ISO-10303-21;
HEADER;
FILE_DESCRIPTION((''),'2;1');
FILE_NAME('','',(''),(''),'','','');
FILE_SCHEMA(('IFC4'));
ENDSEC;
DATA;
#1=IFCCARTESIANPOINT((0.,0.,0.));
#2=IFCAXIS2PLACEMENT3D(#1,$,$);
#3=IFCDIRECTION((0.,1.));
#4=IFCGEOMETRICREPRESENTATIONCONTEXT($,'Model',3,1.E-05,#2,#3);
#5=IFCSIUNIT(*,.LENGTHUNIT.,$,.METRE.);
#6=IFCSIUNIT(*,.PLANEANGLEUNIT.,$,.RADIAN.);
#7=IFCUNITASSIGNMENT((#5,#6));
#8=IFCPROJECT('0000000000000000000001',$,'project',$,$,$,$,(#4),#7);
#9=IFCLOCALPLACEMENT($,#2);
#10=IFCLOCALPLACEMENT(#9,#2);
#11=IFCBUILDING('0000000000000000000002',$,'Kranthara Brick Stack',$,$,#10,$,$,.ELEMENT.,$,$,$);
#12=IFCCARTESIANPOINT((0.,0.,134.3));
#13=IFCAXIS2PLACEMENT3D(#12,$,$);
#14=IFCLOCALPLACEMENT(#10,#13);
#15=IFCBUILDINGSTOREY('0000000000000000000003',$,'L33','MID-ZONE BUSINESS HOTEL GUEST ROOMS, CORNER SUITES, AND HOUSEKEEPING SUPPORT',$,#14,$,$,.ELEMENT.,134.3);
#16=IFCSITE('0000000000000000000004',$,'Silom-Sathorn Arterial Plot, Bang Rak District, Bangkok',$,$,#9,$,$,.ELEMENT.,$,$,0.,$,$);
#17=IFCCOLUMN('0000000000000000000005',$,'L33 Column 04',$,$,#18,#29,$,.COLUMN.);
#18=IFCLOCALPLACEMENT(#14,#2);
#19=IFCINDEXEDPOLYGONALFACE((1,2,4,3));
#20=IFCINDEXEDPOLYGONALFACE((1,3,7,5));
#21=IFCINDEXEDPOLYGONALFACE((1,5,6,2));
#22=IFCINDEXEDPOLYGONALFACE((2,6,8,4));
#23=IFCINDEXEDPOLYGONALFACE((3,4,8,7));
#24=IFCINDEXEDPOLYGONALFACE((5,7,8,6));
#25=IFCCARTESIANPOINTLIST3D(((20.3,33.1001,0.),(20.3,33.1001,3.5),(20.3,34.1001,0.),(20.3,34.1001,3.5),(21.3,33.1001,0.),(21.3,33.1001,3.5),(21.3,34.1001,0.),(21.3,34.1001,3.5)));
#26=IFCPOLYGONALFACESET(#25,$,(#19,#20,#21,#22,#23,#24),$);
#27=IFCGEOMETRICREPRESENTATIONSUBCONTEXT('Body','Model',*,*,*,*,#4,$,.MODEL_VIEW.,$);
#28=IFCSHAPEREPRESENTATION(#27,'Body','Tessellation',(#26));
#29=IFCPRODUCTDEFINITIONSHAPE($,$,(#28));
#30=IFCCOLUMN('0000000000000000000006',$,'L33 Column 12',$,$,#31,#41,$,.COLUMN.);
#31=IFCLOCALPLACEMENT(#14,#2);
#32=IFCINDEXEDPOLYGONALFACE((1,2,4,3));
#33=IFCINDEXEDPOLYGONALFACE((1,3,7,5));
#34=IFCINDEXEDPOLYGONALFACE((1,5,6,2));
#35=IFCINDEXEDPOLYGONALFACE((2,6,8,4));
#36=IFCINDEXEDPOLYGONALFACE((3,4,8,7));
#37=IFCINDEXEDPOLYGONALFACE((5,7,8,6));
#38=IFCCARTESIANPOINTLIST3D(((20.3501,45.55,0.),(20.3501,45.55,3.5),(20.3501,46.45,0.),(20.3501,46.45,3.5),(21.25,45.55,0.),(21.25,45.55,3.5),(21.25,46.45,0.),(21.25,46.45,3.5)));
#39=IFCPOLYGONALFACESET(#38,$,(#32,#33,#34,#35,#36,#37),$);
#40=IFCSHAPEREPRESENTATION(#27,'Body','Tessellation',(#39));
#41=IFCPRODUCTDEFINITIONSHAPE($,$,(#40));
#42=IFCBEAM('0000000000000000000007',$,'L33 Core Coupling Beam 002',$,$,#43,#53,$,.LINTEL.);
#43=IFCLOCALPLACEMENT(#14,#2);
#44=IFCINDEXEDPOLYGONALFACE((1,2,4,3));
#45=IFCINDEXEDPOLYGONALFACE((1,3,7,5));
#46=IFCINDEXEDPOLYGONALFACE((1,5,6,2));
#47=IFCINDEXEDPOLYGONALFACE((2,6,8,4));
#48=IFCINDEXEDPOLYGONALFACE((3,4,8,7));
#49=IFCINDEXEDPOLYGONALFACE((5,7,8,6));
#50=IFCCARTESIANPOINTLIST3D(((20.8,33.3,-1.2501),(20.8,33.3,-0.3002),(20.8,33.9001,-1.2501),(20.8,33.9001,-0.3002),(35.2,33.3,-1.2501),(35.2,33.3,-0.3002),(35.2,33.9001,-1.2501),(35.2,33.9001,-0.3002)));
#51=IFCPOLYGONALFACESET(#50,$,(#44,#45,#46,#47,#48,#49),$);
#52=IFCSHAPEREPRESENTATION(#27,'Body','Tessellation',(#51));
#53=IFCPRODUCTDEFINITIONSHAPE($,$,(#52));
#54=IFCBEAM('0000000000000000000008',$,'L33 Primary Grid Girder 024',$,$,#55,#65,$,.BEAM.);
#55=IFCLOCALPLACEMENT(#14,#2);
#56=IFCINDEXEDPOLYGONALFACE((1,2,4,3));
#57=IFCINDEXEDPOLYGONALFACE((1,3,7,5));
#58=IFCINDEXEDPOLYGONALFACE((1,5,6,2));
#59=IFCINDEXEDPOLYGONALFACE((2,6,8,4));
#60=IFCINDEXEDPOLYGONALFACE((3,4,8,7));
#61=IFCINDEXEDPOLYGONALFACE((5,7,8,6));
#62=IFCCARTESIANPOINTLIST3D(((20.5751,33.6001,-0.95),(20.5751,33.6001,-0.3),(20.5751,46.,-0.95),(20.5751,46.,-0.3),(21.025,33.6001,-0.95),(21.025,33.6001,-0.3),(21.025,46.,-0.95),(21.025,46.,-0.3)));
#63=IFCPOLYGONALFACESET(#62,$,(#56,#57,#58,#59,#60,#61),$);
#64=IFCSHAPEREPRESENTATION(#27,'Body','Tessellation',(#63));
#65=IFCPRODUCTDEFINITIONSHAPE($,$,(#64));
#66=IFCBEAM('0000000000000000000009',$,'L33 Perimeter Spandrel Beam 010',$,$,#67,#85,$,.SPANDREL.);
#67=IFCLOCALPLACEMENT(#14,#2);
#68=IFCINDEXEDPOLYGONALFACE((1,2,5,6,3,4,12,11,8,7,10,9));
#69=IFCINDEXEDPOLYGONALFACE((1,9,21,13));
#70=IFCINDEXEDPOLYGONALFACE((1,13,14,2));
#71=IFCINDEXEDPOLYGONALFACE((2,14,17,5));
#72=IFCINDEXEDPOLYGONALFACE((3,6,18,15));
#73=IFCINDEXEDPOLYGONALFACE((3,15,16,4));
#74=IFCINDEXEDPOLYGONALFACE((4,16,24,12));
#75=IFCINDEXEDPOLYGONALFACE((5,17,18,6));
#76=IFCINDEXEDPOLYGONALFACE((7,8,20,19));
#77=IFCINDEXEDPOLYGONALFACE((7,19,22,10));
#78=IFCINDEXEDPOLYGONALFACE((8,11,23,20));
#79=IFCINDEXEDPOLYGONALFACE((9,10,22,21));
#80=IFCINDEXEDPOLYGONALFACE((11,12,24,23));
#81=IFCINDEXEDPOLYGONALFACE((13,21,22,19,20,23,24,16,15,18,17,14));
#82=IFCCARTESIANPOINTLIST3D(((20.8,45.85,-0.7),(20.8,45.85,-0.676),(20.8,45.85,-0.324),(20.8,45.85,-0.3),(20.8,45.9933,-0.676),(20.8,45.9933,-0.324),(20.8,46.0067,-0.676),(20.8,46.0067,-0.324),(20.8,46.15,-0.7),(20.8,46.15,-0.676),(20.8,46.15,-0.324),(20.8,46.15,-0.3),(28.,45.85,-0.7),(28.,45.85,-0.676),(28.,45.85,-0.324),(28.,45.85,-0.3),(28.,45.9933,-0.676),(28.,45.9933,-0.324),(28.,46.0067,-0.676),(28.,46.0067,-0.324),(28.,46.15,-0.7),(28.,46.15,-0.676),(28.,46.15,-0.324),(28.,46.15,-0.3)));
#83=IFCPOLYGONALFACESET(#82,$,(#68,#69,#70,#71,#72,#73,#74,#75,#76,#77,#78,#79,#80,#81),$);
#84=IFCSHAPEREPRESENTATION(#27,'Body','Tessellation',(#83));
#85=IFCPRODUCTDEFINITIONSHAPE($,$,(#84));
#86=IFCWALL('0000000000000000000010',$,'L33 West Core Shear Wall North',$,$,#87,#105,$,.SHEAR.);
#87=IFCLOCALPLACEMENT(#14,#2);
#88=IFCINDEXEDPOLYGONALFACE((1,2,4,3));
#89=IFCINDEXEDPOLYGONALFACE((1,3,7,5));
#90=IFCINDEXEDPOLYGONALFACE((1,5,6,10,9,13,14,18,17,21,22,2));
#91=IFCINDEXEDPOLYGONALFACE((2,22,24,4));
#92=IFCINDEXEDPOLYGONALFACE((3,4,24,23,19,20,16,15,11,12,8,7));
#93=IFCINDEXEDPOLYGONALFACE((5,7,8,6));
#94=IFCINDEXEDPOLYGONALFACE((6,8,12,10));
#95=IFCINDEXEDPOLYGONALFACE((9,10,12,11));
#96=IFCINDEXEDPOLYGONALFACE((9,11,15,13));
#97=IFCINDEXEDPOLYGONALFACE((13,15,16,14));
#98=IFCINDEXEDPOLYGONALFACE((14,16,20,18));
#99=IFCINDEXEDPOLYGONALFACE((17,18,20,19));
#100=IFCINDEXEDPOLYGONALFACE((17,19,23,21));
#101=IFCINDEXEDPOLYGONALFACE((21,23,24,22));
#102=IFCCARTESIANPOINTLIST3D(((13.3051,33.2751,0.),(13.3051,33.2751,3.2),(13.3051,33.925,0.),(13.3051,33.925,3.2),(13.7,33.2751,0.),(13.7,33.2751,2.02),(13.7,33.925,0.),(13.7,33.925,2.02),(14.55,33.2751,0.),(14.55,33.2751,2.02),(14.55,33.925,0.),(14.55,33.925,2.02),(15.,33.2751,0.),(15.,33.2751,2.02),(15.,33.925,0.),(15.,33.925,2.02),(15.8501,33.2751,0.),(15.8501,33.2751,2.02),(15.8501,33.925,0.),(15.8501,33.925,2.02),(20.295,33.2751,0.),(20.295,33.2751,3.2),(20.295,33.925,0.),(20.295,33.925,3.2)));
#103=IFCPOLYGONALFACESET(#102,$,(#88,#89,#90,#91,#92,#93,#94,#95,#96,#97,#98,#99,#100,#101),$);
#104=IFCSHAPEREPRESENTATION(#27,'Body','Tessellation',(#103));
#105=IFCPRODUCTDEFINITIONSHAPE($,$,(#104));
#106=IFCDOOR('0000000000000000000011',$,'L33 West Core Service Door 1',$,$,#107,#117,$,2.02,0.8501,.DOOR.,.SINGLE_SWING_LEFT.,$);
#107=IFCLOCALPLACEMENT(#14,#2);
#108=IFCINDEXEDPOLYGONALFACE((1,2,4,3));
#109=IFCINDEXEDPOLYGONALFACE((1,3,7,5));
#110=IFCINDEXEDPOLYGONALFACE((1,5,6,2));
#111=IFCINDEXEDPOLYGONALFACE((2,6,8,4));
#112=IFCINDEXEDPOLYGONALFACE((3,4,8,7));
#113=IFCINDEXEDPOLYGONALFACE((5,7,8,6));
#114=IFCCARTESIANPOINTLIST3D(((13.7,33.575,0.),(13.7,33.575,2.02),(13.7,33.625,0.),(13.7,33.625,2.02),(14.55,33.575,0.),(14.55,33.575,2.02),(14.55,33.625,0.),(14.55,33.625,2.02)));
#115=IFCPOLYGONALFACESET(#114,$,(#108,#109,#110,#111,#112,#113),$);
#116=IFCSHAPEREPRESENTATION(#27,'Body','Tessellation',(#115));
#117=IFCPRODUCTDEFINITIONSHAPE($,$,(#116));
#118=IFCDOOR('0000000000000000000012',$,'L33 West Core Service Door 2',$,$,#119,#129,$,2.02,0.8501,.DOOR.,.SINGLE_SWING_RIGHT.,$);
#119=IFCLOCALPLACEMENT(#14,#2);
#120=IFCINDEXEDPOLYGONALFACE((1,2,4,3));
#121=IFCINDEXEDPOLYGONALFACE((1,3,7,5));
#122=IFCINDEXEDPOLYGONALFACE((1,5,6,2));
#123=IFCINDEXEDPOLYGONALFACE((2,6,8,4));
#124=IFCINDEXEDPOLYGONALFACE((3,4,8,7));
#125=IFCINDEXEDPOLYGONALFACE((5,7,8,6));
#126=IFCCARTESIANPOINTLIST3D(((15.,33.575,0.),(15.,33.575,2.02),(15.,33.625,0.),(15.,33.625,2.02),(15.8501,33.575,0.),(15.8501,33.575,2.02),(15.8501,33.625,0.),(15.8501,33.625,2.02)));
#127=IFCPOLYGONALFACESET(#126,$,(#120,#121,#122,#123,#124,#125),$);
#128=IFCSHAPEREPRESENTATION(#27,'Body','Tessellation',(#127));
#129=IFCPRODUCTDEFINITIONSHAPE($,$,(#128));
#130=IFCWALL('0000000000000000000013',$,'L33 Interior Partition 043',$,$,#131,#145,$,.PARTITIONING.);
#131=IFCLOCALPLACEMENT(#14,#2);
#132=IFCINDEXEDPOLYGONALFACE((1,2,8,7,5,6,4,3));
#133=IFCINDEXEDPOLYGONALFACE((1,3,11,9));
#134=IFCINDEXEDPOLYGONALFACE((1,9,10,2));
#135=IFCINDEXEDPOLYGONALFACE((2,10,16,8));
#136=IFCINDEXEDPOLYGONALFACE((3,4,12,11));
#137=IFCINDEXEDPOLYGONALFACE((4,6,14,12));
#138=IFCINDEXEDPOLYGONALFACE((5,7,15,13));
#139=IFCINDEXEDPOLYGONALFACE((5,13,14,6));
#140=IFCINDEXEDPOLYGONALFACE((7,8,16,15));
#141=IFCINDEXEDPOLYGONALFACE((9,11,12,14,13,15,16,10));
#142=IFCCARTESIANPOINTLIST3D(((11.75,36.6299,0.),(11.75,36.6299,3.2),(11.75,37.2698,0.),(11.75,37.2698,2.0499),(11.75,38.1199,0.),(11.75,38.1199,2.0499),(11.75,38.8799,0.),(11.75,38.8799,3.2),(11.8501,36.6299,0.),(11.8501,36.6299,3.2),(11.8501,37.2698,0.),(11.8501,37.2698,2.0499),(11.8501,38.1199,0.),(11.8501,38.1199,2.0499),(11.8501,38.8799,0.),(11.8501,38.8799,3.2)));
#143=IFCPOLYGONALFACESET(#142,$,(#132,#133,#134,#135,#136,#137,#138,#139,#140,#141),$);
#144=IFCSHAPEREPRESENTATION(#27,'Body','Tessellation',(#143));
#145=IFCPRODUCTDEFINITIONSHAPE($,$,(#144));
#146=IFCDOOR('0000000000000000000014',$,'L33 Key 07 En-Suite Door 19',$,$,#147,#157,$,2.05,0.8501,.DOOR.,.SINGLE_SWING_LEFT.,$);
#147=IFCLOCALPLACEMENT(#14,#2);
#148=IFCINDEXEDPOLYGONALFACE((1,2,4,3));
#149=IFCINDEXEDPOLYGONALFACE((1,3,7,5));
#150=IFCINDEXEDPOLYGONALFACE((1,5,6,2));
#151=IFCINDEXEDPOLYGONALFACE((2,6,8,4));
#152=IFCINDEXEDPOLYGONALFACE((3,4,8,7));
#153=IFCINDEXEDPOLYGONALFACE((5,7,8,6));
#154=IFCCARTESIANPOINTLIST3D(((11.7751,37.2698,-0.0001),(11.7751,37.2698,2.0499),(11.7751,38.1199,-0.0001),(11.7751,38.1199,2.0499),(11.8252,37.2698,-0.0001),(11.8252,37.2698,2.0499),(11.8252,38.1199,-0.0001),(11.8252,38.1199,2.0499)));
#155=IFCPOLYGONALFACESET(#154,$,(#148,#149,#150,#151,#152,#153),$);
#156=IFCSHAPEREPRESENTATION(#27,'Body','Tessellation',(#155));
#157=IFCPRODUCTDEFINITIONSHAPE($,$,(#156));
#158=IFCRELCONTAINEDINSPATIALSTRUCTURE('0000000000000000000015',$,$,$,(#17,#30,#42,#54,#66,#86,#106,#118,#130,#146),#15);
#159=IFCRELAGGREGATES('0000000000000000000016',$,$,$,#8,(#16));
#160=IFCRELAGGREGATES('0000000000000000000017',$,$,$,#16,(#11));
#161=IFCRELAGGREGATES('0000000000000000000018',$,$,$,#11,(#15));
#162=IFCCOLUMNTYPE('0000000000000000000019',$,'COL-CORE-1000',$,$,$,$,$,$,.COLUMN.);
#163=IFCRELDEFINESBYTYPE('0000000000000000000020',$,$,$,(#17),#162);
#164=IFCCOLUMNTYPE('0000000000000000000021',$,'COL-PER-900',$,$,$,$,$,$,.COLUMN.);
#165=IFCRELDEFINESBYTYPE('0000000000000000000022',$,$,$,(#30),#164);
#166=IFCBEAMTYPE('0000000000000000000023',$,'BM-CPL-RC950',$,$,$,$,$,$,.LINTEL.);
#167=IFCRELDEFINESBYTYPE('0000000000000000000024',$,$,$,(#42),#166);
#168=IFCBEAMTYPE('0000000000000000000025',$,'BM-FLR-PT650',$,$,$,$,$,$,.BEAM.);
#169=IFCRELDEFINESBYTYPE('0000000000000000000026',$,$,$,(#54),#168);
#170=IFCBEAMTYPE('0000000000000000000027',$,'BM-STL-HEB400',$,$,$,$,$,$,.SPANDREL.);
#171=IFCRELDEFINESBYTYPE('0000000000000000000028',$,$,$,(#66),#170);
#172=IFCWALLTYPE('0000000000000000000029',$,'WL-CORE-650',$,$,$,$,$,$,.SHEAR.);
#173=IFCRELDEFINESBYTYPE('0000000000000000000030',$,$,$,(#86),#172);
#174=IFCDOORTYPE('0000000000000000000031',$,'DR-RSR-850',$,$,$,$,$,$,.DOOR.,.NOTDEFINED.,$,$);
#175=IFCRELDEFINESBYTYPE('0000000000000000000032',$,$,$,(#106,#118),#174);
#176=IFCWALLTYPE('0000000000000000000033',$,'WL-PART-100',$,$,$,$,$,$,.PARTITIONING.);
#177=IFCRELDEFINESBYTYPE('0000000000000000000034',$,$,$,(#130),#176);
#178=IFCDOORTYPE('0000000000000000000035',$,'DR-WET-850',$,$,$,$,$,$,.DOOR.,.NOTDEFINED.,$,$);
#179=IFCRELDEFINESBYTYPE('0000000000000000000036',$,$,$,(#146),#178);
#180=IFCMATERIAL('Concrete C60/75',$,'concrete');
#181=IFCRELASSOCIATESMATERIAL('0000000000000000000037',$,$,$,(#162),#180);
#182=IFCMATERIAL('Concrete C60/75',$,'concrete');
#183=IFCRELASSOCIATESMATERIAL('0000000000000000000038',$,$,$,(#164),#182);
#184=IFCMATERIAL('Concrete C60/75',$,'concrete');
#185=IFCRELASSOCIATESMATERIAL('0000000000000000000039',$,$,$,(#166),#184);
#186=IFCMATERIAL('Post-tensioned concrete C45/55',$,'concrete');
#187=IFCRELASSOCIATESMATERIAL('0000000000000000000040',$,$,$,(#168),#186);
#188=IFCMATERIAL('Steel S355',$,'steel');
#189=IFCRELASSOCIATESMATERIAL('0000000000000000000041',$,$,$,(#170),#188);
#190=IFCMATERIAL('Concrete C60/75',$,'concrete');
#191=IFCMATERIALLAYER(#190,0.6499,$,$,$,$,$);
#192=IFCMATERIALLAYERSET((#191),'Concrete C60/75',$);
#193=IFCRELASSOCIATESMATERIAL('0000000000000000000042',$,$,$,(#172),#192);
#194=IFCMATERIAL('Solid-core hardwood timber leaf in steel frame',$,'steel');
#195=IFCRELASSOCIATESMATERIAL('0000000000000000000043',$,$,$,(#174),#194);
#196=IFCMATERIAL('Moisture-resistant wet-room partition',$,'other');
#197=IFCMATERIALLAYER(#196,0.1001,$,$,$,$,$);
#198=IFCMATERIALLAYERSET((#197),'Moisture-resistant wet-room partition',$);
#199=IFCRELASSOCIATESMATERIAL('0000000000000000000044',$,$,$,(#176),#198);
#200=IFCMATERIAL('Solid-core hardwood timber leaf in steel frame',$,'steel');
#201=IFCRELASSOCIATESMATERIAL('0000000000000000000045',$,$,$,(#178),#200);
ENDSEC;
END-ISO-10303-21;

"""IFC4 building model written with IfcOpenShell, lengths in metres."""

from ifc_helpers import new_model, si_unit, direction, frame, frame_2d, origin, origin_2d, place, context, subcontext, project, spatial, rectangle, i_section, extrude, material, layer, layer_set, material_profile, profile_set, type_object, element, fill, save


model = new_model("IFC4")

# Units and contexts
model_context = context("Model", 3, precision=1e-05, world=origin(), true_north=direction((0.0, 1.0)))
body_context = subcontext(model_context, "Body", "Model", "MODEL_VIEW")
ifc_project = project(units=[si_unit("LENGTHUNIT", "METRE"), si_unit("PLANEANGLEUNIT", "RADIAN")], contexts=[model_context])

# Site, building, storey
site_placement = place(None, origin())
site = spatial("IfcSite", under=ifc_project, at=site_placement, Name="Silom-Sathorn Arterial Plot, Bang Rak District, Bangkok", CompositionType="ELEMENT", RefElevation=0.0)
building_placement = place(site_placement, origin())
building = spatial("IfcBuilding", under=site, at=building_placement, Name="Kranthara Brick Stack", CompositionType="ELEMENT")
storey_placement = place(building_placement, frame((0.0, 0.0, 134.3)))
storey = spatial("IfcBuildingStorey", under=building, at=storey_placement, Name="L33", Description="MID-ZONE BUSINESS HOTEL GUEST ROOMS, CORNER SUITES, AND HOUSEKEEPING SUPPORT", CompositionType="ELEMENT", Elevation=134.3)

# Columns
ifc_material_1 = material(Name="Concrete C60/75", Category="concrete")
ifc_material_profile_1 = material_profile(ifc_material_1, rectangle(XDim=1.0, YDim=1.0, at=origin_2d()), Name="RC 1000x1000")
ifc_profile_set_1 = profile_set([ifc_material_profile_1], Name="Concrete C60/75")
column_type_1 = type_object("IfcColumnType", Name="COL-CORE-1000", PredefinedType="COLUMN", material=ifc_profile_set_1)
column_1_placement = place(storey_placement, frame((20.8, 33.6001, 0.0), z_axis=(0.0, 0.0, 1.0), x_axis=(1.0, 0.0, 0.0)))
element("IfcColumn", 1, at=column_1_placement, inside=storey, type_object=column_type_1, Name="L33 Column 04", PredefinedType="COLUMN", context=body_context, shape_type="SweptSolid", body=[
    extrude(rectangle(XDim=1.0, YDim=1.0, at=origin_2d()), origin(), (0.0, 0.0, 1.0), 3.5),
])
ifc_material_2 = material(Name="Concrete C60/75", Category="concrete")
ifc_material_profile_2 = material_profile(ifc_material_2, rectangle(XDim=0.8999, YDim=0.8999, at=origin_2d()), Name="RC 900x900")
ifc_profile_set_2 = profile_set([ifc_material_profile_2], Name="Concrete C60/75")
column_type_2 = type_object("IfcColumnType", Name="COL-PER-900", PredefinedType="COLUMN", material=ifc_profile_set_2)
column_2_placement = place(storey_placement, frame((20.8, 46.0, 0.0), z_axis=(0.0, 0.0, 1.0), x_axis=(1.0, 0.0, 0.0)))
element("IfcColumn", 2, at=column_2_placement, inside=storey, type_object=column_type_2, Name="L33 Column 12", PredefinedType="COLUMN", context=body_context, shape_type="SweptSolid", body=[
    extrude(rectangle(XDim=0.8999, YDim=0.8999, at=origin_2d()), origin(), (0.0, 0.0, 1.0), 3.5),
])

# Beams
ifc_material_3 = material(Name="Concrete C60/75", Category="concrete")
ifc_material_profile_3 = material_profile(ifc_material_3, rectangle(XDim=0.6001, YDim=0.95, at=origin_2d()), Name="RC 600x950")
ifc_profile_set_3 = profile_set([ifc_material_profile_3], Name="Concrete C60/75")
beam_type_1 = type_object("IfcBeamType", Name="BM-CPL-RC950", PredefinedType="LINTEL", material=ifc_profile_set_3)
beam_1_placement = place(storey_placement, frame((20.8, 33.6001, -0.7751), z_axis=(1.0, 0.0, 0.0), x_axis=(0.0, 1.0, 0.0)))
element("IfcBeam", 3, at=beam_1_placement, inside=storey, type_object=beam_type_1, Name="L33 Core Coupling Beam 002", PredefinedType="LINTEL", context=body_context, shape_type="SweptSolid", body=[
    extrude(rectangle(XDim=0.6001, YDim=0.95, at=origin_2d()), origin(), (0.0, 0.0, 1.0), 14.3999),
])
ifc_material_4 = material(Name="Post-tensioned concrete C45/55", Category="concrete")
ifc_material_profile_4 = material_profile(ifc_material_4, rectangle(XDim=0.45, YDim=0.6499, at=origin_2d()), Name="PT 450x650")
ifc_profile_set_4 = profile_set([ifc_material_profile_4], Name="Post-tensioned concrete C45/55")
beam_type_2 = type_object("IfcBeamType", Name="BM-FLR-PT650", PredefinedType="BEAM", material=ifc_profile_set_4)
beam_2_placement = place(storey_placement, frame((20.8, 33.6001, -0.625), z_axis=(0.0, 1.0, 0.0), x_axis=(-1.0, 0.0, 0.0)))
element("IfcBeam", 4, at=beam_2_placement, inside=storey, type_object=beam_type_2, Name="L33 Primary Grid Girder 024", PredefinedType="BEAM", context=body_context, shape_type="SweptSolid", body=[
    extrude(rectangle(XDim=0.45, YDim=0.6499, at=origin_2d()), origin(), (0.0, 0.0, 1.0), 12.3999),
])
ifc_material_5 = material(Name="Steel S355", Category="steel")
ifc_material_profile_5 = material_profile(ifc_material_5, i_section(OverallWidth=0.3, OverallDepth=0.3999, WebThickness=0.0134, FlangeThickness=0.0239, at=origin_2d()), Name="HEB 400")
ifc_profile_set_5 = profile_set([ifc_material_profile_5], Name="Steel S355")
beam_type_3 = type_object("IfcBeamType", Name="BM-STL-HEB400", PredefinedType="SPANDREL", material=ifc_profile_set_5)
beam_3_placement = place(storey_placement, frame((20.8, 46.0, -0.5), z_axis=(1.0, 0.0, 0.0), x_axis=(0.0, 1.0, 0.0)))
element("IfcBeam", 5, at=beam_3_placement, inside=storey, type_object=beam_type_3, Name="L33 Perimeter Spandrel Beam 010", PredefinedType="SPANDREL", context=body_context, shape_type="SweptSolid", body=[
    extrude(i_section(OverallWidth=0.3, OverallDepth=0.3999, WebThickness=0.0134, FlangeThickness=0.0239, at=origin_2d()), origin(), (0.0, 0.0, 1.0), 7.2),
])

# Wall, openings, doors
ifc_material_6 = material(Name="Concrete C60/75", Category="concrete")
ifc_layer_1 = layer(ifc_material_6, 0.6499)
ifc_layer_set_1 = layer_set([ifc_layer_1], Name="Concrete C60/75")
wall_type_1 = type_object("IfcWallType", Name="WL-CORE-650", PredefinedType="SHEAR", material=ifc_layer_set_1)
wall_1_placement = place(storey_placement, frame((13.3049, 33.6001, 0.0), z_axis=(0.0, 0.0, 1.0), x_axis=(1.0, 0.0, 0.0)))
wall_1 = element("IfcWall", 6, at=wall_1_placement, inside=storey, type_object=wall_type_1, Name="L33 West Core Shear Wall North", PredefinedType="SHEAR", context=body_context, shape_type="SweptSolid", body=[
    extrude(rectangle(XDim=6.99, YDim=0.6499, at=frame_2d((3.4951, 0.0))), origin(), (0.0, 0.0, 1.0), 3.2),
])
opening_1_placement = place(wall_1_placement, frame((0.395, 0.0, 0.0)))
opening_1 = element("IfcOpeningElement", 7, at=opening_1_placement, cuts=wall_1, PredefinedType="OPENING", context=body_context, shape_type="SweptSolid", body=[
    extrude(rectangle(XDim=0.8501, YDim=2.02, at=frame_2d((0.425, 1.01))), frame((0.0, 0.335, 0.0), z_axis=(0.0, -1.0, 0.0), x_axis=(1.0, 0.0, 0.0)), (0.0, 0.0, 1.0), 0.6699),
])
opening_2_placement = place(wall_1_placement, frame((1.6951, 0.0, 0.0)))
opening_2 = element("IfcOpeningElement", 8, at=opening_2_placement, cuts=wall_1, PredefinedType="OPENING", context=body_context, shape_type="SweptSolid", body=[
    extrude(rectangle(XDim=0.8501, YDim=2.02, at=frame_2d((0.425, 1.01))), frame((0.0, 0.335, 0.0), z_axis=(0.0, -1.0, 0.0), x_axis=(1.0, 0.0, 0.0)), (0.0, 0.0, 1.0), 0.6699),
])
ifc_material_7 = material(Name="Solid-core hardwood timber leaf in steel frame", Category="steel")
door_type_1 = type_object("IfcDoorType", Name="DR-RSR-850", OperationType="NOTDEFINED", PredefinedType="DOOR", material=ifc_material_7)
door_1_placement = place(opening_1_placement, origin())
door_1 = element("IfcDoor", 9, at=door_1_placement, inside=storey, type_object=door_type_1, Name="L33 West Core Service Door 1", OperationType="SINGLE_SWING_LEFT", OverallHeight=2.02, OverallWidth=0.8501, PredefinedType="DOOR", context=body_context, shape_type="SweptSolid", body=[
    extrude(rectangle(XDim=0.8501, YDim=2.02, at=frame_2d((0.425, 1.01))), frame((0.0, 0.0249, 0.0), z_axis=(0.0, -1.0, 0.0), x_axis=(1.0, 0.0, 0.0)), (0.0, 0.0, 1.0), 0.05),
])
fill(opening_1, door_1)
door_2_placement = place(opening_2_placement, origin())
door_2 = element("IfcDoor", 10, at=door_2_placement, inside=storey, type_object=door_type_1, Name="L33 West Core Service Door 2", OperationType="SINGLE_SWING_RIGHT", OverallHeight=2.02, OverallWidth=0.8501, PredefinedType="DOOR", context=body_context, shape_type="SweptSolid", body=[
    extrude(rectangle(XDim=0.8501, YDim=2.02, at=frame_2d((0.425, 1.01))), frame((0.0, 0.0249, 0.0), z_axis=(0.0, -1.0, 0.0), x_axis=(1.0, 0.0, 0.0)), (0.0, 0.0, 1.0), 0.05),
])
fill(opening_2, door_2)

# Wall, opening, door
ifc_material_8 = material(Name="Moisture-resistant wet-room partition", Category="other")
ifc_layer_2 = layer(ifc_material_8, 0.1001)
ifc_layer_set_2 = layer_set([ifc_layer_2], Name="Moisture-resistant wet-room partition")
wall_type_2 = type_object("IfcWallType", Name="WL-PART-100", PredefinedType="PARTITIONING", material=ifc_layer_set_2)
wall_2_placement = place(storey_placement, frame((11.8, 36.6299, 0.0), z_axis=(0.0, 0.0, 1.0), x_axis=(0.0, 1.0, 0.0)))
wall_2 = element("IfcWall", 11, at=wall_2_placement, inside=storey, type_object=wall_type_2, Name="L33 Interior Partition 043", PredefinedType="PARTITIONING", context=body_context, shape_type="SweptSolid", body=[
    extrude(rectangle(XDim=2.25, YDim=0.1001, at=frame_2d((1.125, 0.0))), origin(), (0.0, 0.0, 1.0), 3.2),
])
opening_3_placement = place(wall_2_placement, frame((0.6399, 0.0, 0.0)))
opening_3 = element("IfcOpeningElement", 12, at=opening_3_placement, cuts=wall_2, PredefinedType="OPENING", context=body_context, shape_type="SweptSolid", body=[
    extrude(rectangle(XDim=0.8501, YDim=2.05, at=frame_2d((0.425, 1.0249))), frame((0.0, 0.0601, 0.0), z_axis=(0.0, -1.0, 0.0), x_axis=(1.0, 0.0, 0.0)), (0.0, 0.0, 1.0), 0.1201),
])
ifc_material_9 = material(Name="Solid-core hardwood timber leaf in steel frame", Category="steel")
door_type_2 = type_object("IfcDoorType", Name="DR-WET-850", OperationType="NOTDEFINED", PredefinedType="DOOR", material=ifc_material_9)
door_3_placement = place(opening_3_placement, origin())
door_3 = element("IfcDoor", 13, at=door_3_placement, inside=storey, type_object=door_type_2, Name="L33 Key 07 En-Suite Door 19", OperationType="SINGLE_SWING_LEFT", OverallHeight=2.05, OverallWidth=0.8501, PredefinedType="DOOR", context=body_context, shape_type="SweptSolid", body=[
    extrude(rectangle(XDim=0.8501, YDim=2.05, at=frame_2d((0.425, 1.0249))), frame((0.0, 0.0249, 0.0), z_axis=(0.0, -1.0, 0.0), x_axis=(1.0, 0.0, 0.0)), (0.0, 0.0, 1.0), 0.05),
])
fill(opening_3, door_3)

save(model, "model.ifc")
